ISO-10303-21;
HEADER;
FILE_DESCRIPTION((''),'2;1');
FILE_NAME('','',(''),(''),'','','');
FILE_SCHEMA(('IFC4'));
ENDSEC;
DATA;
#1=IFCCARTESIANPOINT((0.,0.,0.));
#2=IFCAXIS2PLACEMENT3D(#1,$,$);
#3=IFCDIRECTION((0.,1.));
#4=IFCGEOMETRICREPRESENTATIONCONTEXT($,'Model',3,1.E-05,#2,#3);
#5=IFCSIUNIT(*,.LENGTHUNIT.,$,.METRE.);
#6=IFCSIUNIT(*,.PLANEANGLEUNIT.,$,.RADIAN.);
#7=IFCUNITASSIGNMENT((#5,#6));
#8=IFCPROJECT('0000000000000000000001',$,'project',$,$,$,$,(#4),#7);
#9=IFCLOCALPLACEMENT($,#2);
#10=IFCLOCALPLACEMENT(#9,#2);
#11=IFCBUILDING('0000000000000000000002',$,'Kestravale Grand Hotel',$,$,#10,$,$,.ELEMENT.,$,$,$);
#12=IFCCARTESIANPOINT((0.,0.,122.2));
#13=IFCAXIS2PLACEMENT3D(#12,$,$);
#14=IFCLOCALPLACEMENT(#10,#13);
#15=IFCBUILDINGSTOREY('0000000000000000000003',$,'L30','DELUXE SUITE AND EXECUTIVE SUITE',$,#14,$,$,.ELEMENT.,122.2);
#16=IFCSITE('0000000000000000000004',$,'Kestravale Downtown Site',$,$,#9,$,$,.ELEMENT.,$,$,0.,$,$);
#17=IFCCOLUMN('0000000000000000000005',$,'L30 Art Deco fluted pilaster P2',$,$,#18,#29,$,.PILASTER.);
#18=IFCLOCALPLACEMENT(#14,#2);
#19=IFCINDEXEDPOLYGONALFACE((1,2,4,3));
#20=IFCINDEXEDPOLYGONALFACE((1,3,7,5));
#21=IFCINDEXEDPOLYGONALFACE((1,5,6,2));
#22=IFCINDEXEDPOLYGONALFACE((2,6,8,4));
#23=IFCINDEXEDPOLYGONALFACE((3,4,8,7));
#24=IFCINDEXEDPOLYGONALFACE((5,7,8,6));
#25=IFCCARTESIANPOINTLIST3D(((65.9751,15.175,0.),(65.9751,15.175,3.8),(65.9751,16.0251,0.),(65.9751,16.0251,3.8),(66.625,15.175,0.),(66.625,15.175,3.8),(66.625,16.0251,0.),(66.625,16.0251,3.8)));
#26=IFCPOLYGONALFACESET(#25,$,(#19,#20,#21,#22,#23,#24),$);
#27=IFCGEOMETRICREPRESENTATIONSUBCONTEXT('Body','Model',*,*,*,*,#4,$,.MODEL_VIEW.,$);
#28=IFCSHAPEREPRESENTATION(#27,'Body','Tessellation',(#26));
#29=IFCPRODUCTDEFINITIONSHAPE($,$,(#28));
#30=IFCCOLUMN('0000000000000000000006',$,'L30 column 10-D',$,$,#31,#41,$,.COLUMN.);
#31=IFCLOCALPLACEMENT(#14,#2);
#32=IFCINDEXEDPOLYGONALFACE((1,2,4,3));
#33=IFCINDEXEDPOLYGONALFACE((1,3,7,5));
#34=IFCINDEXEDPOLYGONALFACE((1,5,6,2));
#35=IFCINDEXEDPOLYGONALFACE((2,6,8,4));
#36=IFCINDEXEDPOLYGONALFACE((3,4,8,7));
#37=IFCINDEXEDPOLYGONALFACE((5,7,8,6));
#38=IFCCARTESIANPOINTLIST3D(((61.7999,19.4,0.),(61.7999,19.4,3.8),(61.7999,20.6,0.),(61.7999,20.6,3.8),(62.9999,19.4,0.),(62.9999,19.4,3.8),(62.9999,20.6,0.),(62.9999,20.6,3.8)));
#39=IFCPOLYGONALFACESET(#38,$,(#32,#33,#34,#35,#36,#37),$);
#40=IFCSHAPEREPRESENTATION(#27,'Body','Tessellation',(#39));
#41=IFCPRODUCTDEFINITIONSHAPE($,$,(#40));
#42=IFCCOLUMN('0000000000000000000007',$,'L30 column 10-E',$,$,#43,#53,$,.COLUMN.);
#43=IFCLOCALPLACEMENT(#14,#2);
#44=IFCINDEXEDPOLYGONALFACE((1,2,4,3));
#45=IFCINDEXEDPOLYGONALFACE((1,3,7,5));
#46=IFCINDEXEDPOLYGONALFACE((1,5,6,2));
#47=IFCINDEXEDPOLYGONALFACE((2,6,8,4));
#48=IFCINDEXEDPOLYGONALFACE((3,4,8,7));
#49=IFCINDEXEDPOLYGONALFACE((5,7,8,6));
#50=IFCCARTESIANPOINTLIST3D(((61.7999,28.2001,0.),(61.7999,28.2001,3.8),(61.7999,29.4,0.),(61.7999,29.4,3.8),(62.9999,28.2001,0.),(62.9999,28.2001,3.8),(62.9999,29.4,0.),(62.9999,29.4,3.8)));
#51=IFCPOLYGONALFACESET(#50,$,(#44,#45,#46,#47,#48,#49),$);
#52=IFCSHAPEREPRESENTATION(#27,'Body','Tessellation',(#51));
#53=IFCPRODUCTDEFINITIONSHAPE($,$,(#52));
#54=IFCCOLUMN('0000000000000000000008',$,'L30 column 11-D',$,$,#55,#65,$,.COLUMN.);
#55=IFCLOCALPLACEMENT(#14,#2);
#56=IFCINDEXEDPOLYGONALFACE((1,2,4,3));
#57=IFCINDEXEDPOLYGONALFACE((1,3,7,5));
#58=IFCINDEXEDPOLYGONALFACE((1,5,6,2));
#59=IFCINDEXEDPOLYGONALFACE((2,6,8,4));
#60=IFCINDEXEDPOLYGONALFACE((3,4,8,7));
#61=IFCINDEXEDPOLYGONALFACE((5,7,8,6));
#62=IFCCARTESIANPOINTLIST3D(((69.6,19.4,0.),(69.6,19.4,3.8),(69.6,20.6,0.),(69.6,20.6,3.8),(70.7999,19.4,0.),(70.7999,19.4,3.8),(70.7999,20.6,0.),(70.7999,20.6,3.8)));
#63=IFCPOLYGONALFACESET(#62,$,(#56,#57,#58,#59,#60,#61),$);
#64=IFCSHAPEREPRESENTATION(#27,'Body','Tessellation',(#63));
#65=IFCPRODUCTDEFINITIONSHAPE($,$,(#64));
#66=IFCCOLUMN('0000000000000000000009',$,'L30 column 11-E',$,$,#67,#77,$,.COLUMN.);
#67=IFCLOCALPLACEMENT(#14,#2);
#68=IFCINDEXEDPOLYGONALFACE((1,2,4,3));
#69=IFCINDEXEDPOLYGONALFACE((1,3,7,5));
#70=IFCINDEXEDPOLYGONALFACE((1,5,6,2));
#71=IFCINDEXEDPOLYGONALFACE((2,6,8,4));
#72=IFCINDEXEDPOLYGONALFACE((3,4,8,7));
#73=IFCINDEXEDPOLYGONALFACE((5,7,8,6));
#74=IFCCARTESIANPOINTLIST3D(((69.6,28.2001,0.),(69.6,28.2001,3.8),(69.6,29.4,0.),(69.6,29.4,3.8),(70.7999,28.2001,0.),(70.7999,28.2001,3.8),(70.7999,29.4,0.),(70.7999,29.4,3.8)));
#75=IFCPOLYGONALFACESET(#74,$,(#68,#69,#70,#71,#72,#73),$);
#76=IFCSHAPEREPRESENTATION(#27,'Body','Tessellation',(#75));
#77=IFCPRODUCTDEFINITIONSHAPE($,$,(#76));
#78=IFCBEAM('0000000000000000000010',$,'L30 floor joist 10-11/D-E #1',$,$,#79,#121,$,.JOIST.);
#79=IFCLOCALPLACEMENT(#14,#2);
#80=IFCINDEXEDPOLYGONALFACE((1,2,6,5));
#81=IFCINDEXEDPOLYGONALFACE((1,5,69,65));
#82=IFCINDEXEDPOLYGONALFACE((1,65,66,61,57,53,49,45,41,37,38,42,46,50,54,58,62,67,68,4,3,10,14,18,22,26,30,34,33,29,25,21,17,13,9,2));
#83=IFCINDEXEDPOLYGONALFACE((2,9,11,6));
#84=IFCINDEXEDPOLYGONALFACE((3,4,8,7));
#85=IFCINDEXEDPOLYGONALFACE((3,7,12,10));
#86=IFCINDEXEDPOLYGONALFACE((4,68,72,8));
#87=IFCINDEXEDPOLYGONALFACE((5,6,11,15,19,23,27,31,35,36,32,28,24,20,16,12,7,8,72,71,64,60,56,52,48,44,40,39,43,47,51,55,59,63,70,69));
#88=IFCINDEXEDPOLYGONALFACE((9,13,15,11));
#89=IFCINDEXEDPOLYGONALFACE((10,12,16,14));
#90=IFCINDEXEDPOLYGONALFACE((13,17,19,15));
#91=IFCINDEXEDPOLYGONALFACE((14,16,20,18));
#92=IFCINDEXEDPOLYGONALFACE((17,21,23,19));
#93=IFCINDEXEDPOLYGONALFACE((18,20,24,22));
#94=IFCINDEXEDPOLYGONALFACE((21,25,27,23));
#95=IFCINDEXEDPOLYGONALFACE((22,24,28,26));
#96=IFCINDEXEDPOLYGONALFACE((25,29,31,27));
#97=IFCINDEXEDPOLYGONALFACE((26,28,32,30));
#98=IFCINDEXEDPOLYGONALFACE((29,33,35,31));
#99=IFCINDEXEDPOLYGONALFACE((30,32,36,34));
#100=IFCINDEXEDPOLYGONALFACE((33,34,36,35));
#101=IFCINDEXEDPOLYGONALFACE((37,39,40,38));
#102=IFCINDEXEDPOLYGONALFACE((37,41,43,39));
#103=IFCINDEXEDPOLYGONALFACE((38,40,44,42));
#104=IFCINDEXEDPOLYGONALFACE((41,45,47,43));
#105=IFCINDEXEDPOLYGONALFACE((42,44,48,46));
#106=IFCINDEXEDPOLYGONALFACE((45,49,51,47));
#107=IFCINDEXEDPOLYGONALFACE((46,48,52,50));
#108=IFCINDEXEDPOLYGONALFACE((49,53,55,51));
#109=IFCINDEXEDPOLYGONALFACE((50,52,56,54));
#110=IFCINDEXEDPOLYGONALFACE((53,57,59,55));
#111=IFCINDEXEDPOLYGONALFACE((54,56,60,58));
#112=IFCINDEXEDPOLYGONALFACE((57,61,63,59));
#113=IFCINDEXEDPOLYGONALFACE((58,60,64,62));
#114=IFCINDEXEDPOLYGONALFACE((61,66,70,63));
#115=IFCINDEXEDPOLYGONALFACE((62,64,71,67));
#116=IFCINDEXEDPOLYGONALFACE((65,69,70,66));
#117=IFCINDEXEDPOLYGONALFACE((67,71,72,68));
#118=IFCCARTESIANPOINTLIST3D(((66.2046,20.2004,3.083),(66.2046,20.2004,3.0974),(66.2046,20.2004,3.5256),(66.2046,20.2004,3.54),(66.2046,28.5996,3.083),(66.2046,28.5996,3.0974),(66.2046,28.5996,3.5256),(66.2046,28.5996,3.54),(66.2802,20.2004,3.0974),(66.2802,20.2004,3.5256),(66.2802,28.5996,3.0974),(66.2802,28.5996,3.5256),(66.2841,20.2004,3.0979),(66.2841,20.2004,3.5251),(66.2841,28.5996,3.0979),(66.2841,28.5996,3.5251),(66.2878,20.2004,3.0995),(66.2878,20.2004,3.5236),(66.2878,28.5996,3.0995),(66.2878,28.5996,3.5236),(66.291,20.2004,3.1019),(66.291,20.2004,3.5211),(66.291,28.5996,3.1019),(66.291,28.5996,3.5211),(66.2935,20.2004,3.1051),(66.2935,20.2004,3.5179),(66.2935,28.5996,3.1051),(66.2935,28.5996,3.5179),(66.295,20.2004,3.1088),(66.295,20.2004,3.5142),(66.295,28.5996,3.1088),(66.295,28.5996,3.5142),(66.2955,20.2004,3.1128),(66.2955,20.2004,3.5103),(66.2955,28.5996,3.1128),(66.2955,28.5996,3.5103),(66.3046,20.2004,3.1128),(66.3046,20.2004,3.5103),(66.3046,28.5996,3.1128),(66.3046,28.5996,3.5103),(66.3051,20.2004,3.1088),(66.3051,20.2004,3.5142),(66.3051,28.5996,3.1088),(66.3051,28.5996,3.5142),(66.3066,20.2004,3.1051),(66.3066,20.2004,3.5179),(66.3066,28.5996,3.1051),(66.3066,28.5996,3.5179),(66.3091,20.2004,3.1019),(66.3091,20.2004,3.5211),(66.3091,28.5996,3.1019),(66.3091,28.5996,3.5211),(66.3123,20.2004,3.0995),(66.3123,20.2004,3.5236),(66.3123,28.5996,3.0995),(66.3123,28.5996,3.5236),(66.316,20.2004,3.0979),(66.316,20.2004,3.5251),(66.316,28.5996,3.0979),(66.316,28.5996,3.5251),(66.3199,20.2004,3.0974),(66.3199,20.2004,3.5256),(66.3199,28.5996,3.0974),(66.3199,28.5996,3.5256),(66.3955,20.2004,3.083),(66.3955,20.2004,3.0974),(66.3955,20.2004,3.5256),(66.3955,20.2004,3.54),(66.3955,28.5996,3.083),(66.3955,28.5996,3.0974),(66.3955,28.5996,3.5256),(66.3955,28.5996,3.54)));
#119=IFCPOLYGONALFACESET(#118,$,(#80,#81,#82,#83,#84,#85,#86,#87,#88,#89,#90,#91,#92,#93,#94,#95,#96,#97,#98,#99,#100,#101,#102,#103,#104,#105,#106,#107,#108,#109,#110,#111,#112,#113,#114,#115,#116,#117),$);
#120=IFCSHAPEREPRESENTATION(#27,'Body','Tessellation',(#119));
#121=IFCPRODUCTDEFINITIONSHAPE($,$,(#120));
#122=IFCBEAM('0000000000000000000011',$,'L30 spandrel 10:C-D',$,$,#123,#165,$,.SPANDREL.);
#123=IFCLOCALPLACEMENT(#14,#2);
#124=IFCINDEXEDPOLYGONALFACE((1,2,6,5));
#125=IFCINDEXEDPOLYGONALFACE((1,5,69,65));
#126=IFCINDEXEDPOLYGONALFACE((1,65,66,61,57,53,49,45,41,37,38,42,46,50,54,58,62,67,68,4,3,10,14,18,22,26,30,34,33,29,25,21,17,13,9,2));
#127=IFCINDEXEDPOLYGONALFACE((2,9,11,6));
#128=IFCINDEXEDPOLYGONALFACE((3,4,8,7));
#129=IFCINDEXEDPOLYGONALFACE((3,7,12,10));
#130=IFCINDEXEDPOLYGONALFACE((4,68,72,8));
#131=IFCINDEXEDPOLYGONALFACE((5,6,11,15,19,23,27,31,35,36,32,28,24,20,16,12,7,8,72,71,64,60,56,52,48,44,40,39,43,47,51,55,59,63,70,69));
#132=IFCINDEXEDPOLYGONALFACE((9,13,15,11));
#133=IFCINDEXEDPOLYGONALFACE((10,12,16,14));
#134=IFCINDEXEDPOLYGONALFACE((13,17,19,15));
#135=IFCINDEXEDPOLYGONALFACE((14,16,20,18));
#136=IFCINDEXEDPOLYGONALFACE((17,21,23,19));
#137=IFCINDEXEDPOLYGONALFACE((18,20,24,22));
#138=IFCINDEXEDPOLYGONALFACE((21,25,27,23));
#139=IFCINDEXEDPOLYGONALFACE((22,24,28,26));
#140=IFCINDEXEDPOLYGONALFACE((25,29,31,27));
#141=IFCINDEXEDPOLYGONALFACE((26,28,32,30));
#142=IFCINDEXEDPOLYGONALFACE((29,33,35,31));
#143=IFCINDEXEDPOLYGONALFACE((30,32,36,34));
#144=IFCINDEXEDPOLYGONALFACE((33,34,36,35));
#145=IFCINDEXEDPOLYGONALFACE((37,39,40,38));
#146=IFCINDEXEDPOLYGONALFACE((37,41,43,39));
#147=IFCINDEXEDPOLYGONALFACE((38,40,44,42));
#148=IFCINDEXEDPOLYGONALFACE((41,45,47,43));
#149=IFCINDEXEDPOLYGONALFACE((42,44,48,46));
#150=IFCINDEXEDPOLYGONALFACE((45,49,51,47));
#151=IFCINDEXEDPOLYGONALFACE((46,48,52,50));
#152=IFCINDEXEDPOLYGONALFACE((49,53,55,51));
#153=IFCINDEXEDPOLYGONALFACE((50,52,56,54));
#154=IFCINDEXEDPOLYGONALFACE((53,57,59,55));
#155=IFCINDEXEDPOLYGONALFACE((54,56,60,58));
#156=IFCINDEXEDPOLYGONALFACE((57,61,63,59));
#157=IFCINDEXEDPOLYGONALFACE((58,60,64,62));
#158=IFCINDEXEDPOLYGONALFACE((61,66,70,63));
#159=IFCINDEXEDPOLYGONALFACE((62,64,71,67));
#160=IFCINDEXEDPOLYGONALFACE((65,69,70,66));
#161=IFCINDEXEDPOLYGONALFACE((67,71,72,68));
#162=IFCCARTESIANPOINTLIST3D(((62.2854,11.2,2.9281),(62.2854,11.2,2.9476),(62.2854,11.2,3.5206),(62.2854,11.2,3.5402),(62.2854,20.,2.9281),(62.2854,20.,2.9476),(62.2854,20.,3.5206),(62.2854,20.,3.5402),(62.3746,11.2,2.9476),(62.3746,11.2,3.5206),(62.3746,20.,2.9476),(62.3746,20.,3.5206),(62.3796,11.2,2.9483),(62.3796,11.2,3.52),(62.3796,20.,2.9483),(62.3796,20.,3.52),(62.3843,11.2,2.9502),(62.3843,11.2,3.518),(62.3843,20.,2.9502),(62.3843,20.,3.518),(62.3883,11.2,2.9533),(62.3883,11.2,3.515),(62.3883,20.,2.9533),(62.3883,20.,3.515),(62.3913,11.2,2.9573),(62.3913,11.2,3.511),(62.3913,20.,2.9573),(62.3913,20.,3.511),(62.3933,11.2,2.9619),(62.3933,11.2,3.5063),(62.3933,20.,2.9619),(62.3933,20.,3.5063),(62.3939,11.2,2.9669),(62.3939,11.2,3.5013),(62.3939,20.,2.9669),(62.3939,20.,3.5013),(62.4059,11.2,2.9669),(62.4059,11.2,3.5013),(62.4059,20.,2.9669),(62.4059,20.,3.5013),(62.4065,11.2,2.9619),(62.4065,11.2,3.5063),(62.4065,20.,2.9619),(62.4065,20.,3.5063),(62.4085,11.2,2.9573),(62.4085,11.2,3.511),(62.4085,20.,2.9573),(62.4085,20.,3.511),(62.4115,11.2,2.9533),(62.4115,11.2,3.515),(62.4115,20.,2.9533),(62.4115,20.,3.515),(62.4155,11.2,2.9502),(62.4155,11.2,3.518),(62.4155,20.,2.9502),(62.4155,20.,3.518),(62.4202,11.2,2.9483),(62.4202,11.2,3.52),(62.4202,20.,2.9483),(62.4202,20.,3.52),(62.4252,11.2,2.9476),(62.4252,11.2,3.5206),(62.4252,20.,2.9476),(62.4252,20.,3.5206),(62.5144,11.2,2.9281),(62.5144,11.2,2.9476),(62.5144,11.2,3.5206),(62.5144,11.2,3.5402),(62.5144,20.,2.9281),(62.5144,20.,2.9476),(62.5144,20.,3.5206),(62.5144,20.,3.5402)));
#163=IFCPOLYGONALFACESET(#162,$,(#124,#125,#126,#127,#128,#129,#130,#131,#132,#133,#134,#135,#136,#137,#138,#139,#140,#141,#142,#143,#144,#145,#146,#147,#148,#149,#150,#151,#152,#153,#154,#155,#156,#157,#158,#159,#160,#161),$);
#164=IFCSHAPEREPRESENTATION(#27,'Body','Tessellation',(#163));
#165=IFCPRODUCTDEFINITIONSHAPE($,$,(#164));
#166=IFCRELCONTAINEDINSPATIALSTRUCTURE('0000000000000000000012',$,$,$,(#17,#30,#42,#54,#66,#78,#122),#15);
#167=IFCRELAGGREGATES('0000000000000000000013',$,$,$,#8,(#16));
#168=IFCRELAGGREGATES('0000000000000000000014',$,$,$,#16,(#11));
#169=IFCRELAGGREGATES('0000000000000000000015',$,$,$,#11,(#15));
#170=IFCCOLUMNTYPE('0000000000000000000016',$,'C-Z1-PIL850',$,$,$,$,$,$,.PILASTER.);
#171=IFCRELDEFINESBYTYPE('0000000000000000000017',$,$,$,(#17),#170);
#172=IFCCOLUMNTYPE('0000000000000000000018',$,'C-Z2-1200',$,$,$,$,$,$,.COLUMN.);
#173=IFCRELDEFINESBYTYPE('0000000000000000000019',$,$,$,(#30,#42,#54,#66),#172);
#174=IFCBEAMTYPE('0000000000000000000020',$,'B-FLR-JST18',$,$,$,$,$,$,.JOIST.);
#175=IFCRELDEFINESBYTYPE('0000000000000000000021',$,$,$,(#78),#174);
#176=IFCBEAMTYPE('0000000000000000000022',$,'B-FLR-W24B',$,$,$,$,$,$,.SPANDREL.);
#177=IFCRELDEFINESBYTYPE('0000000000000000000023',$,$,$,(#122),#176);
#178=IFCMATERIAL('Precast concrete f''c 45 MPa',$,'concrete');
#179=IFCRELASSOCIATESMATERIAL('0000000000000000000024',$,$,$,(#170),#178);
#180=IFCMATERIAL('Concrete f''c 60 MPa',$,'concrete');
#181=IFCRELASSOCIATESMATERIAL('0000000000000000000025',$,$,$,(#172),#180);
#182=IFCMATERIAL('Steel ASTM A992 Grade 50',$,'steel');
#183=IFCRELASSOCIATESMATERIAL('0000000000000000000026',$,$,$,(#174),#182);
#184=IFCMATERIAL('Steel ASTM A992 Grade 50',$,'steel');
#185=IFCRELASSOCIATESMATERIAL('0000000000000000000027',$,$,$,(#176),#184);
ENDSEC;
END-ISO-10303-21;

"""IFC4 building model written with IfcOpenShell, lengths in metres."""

from ifc_helpers import new_model, si_unit, direction, frame, origin, origin_2d, place, context, subcontext, project, spatial, rectangle, i_section, extrude, material, material_profile, profile_set, type_object, element, save


model = new_model("IFC4")

# Units and contexts
model_context = context("Model", 3, precision=1e-05, world=origin(), true_north=direction((0.0, 1.0)))
body_context = subcontext(model_context, "Body", "Model", "MODEL_VIEW")
ifc_project = project(units=[si_unit("LENGTHUNIT", "METRE"), si_unit("PLANEANGLEUNIT", "RADIAN")], contexts=[model_context])

# Site, building, storey
site_placement = place(None, origin())
site = spatial("IfcSite", under=ifc_project, at=site_placement, Name="Kestravale Downtown Site", CompositionType="ELEMENT", RefElevation=0.0)
building_placement = place(site_placement, origin())
building = spatial("IfcBuilding", under=site, at=building_placement, Name="Kestravale Grand Hotel", CompositionType="ELEMENT")
storey_placement = place(building_placement, frame((0.0, 0.0, 122.2)))
storey = spatial("IfcBuildingStorey", under=building, at=storey_placement, Name="L30", Description="DELUXE SUITE AND EXECUTIVE SUITE", CompositionType="ELEMENT", Elevation=122.2)

# Columns
ifc_material_1 = material(Name="Precast concrete f'c 45 MPa", Category="concrete")
ifc_material_profile_1 = material_profile(ifc_material_1, rectangle(XDim=0.6499, YDim=0.8501, at=origin_2d()))
ifc_profile_set_1 = profile_set([ifc_material_profile_1], Name="Precast concrete f'c 45 MPa")
column_type_1 = type_object("IfcColumnType", Name="C-Z1-PIL850", PredefinedType="PILASTER", material=ifc_profile_set_1)
column_placement = place(storey_placement, frame((66.3, 15.6001, 0.0), z_axis=(0.0, 0.0, 1.0), x_axis=(1.0, 0.0, 0.0)))
element("IfcColumn", 1, at=column_placement, inside=storey, type_object=column_type_1, Name="L30 Art Deco fluted pilaster P2", PredefinedType="PILASTER", context=body_context, shape_type="SweptSolid", body=[
    extrude(rectangle(XDim=0.6499, YDim=0.8501, at=origin_2d()), origin(), (0.0, 0.0, 1.0), 3.8),
])
ifc_material_2 = material(Name="Concrete f'c 60 MPa", Category="concrete")
ifc_material_profile_2 = material_profile(ifc_material_2, rectangle(XDim=1.2, YDim=1.2, at=origin_2d()))
ifc_profile_set_2 = profile_set([ifc_material_profile_2], Name="Concrete f'c 60 MPa")
column_type_2 = type_object("IfcColumnType", Name="C-Z2-1200", PredefinedType="COLUMN", material=ifc_profile_set_2)
for number, where, z_axis, x_axis, name in (
    (2, (62.3999, 20.0, 0.0), (0.0, 0.0, 1.0), (1.0, 0.0, 0.0), "L30 column 10-D"),
    (3, (62.3999, 28.8, 0.0), (0.0, 0.0, 1.0), (1.0, 0.0, 0.0), "L30 column 10-E"),
    (4, (70.2, 20.0, 0.0), (0.0, 0.0, 1.0), (1.0, 0.0, 0.0), "L30 column 11-D"),
    (5, (70.2, 28.8, 0.0), (0.0, 0.0, 1.0), (1.0, 0.0, 0.0), "L30 column 11-E"),
):
    element("IfcColumn", number, at=place(storey_placement, frame(where, z_axis=z_axis, x_axis=x_axis)), inside=storey, type_object=column_type_2, Name=name, PredefinedType="COLUMN", context=body_context, shape_type="SweptSolid", body=[
        extrude(rectangle(XDim=1.2, YDim=1.2, at=origin_2d()), origin(), (0.0, 0.0, 1.0), 3.8),
    ])

# Beams
ifc_material_3 = material(Name="Steel ASTM A992 Grade 50", Category="steel")
ifc_material_profile_3 = material_profile(ifc_material_3, i_section(OverallWidth=0.1909, OverallDepth=0.457, WebThickness=0.009, FlangeThickness=0.0144, FilletRadius=0.0154, at=origin_2d()))
ifc_profile_set_3 = profile_set([ifc_material_profile_3], Name="Steel ASTM A992 Grade 50")
beam_type_1 = type_object("IfcBeamType", Name="B-FLR-JST18", PredefinedType="JOIST", material=ifc_profile_set_3)
beam_1_placement = place(storey_placement, frame((66.3, 20.2004, 3.3115), z_axis=(0.0, 1.0, 0.0), x_axis=(-1.0, 0.0, 0.0)))
element("IfcBeam", 6, at=beam_1_placement, inside=storey, type_object=beam_type_1, Name="L30 floor joist 10-11/D-E #1", PredefinedType="JOIST", context=body_context, shape_type="SweptSolid", body=[
    extrude(i_section(OverallWidth=0.1909, OverallDepth=0.457, WebThickness=0.009, FlangeThickness=0.0144, FilletRadius=0.0154, at=origin_2d()), origin(), (0.0, 0.0, 1.0), 8.3992),
])
ifc_material_4 = material(Name="Steel ASTM A992 Grade 50", Category="steel")
ifc_material_profile_4 = material_profile(ifc_material_4, i_section(OverallWidth=0.229, OverallDepth=0.6121, WebThickness=0.012, FlangeThickness=0.0195, FilletRadius=0.0193, at=origin_2d()))
ifc_profile_set_4 = profile_set([ifc_material_profile_4], Name="Steel ASTM A992 Grade 50")
beam_type_2 = type_object("IfcBeamType", Name="B-FLR-W24B", PredefinedType="SPANDREL", material=ifc_profile_set_4)
beam_2_placement = place(storey_placement, frame((62.3999, 11.2, 3.2341), z_axis=(0.0, 1.0, 0.0), x_axis=(-1.0, 0.0, 0.0)))
element("IfcBeam", 7, at=beam_2_placement, inside=storey, type_object=beam_type_2, Name="L30 spandrel 10:C-D", PredefinedType="SPANDREL", context=body_context, shape_type="SweptSolid", body=[
    extrude(i_section(OverallWidth=0.229, OverallDepth=0.6121, WebThickness=0.012, FlangeThickness=0.0195, FilletRadius=0.0193, at=origin_2d()), origin(), (0.0, 0.0, 1.0), 8.8),
])

save(model, "model.ifc")
